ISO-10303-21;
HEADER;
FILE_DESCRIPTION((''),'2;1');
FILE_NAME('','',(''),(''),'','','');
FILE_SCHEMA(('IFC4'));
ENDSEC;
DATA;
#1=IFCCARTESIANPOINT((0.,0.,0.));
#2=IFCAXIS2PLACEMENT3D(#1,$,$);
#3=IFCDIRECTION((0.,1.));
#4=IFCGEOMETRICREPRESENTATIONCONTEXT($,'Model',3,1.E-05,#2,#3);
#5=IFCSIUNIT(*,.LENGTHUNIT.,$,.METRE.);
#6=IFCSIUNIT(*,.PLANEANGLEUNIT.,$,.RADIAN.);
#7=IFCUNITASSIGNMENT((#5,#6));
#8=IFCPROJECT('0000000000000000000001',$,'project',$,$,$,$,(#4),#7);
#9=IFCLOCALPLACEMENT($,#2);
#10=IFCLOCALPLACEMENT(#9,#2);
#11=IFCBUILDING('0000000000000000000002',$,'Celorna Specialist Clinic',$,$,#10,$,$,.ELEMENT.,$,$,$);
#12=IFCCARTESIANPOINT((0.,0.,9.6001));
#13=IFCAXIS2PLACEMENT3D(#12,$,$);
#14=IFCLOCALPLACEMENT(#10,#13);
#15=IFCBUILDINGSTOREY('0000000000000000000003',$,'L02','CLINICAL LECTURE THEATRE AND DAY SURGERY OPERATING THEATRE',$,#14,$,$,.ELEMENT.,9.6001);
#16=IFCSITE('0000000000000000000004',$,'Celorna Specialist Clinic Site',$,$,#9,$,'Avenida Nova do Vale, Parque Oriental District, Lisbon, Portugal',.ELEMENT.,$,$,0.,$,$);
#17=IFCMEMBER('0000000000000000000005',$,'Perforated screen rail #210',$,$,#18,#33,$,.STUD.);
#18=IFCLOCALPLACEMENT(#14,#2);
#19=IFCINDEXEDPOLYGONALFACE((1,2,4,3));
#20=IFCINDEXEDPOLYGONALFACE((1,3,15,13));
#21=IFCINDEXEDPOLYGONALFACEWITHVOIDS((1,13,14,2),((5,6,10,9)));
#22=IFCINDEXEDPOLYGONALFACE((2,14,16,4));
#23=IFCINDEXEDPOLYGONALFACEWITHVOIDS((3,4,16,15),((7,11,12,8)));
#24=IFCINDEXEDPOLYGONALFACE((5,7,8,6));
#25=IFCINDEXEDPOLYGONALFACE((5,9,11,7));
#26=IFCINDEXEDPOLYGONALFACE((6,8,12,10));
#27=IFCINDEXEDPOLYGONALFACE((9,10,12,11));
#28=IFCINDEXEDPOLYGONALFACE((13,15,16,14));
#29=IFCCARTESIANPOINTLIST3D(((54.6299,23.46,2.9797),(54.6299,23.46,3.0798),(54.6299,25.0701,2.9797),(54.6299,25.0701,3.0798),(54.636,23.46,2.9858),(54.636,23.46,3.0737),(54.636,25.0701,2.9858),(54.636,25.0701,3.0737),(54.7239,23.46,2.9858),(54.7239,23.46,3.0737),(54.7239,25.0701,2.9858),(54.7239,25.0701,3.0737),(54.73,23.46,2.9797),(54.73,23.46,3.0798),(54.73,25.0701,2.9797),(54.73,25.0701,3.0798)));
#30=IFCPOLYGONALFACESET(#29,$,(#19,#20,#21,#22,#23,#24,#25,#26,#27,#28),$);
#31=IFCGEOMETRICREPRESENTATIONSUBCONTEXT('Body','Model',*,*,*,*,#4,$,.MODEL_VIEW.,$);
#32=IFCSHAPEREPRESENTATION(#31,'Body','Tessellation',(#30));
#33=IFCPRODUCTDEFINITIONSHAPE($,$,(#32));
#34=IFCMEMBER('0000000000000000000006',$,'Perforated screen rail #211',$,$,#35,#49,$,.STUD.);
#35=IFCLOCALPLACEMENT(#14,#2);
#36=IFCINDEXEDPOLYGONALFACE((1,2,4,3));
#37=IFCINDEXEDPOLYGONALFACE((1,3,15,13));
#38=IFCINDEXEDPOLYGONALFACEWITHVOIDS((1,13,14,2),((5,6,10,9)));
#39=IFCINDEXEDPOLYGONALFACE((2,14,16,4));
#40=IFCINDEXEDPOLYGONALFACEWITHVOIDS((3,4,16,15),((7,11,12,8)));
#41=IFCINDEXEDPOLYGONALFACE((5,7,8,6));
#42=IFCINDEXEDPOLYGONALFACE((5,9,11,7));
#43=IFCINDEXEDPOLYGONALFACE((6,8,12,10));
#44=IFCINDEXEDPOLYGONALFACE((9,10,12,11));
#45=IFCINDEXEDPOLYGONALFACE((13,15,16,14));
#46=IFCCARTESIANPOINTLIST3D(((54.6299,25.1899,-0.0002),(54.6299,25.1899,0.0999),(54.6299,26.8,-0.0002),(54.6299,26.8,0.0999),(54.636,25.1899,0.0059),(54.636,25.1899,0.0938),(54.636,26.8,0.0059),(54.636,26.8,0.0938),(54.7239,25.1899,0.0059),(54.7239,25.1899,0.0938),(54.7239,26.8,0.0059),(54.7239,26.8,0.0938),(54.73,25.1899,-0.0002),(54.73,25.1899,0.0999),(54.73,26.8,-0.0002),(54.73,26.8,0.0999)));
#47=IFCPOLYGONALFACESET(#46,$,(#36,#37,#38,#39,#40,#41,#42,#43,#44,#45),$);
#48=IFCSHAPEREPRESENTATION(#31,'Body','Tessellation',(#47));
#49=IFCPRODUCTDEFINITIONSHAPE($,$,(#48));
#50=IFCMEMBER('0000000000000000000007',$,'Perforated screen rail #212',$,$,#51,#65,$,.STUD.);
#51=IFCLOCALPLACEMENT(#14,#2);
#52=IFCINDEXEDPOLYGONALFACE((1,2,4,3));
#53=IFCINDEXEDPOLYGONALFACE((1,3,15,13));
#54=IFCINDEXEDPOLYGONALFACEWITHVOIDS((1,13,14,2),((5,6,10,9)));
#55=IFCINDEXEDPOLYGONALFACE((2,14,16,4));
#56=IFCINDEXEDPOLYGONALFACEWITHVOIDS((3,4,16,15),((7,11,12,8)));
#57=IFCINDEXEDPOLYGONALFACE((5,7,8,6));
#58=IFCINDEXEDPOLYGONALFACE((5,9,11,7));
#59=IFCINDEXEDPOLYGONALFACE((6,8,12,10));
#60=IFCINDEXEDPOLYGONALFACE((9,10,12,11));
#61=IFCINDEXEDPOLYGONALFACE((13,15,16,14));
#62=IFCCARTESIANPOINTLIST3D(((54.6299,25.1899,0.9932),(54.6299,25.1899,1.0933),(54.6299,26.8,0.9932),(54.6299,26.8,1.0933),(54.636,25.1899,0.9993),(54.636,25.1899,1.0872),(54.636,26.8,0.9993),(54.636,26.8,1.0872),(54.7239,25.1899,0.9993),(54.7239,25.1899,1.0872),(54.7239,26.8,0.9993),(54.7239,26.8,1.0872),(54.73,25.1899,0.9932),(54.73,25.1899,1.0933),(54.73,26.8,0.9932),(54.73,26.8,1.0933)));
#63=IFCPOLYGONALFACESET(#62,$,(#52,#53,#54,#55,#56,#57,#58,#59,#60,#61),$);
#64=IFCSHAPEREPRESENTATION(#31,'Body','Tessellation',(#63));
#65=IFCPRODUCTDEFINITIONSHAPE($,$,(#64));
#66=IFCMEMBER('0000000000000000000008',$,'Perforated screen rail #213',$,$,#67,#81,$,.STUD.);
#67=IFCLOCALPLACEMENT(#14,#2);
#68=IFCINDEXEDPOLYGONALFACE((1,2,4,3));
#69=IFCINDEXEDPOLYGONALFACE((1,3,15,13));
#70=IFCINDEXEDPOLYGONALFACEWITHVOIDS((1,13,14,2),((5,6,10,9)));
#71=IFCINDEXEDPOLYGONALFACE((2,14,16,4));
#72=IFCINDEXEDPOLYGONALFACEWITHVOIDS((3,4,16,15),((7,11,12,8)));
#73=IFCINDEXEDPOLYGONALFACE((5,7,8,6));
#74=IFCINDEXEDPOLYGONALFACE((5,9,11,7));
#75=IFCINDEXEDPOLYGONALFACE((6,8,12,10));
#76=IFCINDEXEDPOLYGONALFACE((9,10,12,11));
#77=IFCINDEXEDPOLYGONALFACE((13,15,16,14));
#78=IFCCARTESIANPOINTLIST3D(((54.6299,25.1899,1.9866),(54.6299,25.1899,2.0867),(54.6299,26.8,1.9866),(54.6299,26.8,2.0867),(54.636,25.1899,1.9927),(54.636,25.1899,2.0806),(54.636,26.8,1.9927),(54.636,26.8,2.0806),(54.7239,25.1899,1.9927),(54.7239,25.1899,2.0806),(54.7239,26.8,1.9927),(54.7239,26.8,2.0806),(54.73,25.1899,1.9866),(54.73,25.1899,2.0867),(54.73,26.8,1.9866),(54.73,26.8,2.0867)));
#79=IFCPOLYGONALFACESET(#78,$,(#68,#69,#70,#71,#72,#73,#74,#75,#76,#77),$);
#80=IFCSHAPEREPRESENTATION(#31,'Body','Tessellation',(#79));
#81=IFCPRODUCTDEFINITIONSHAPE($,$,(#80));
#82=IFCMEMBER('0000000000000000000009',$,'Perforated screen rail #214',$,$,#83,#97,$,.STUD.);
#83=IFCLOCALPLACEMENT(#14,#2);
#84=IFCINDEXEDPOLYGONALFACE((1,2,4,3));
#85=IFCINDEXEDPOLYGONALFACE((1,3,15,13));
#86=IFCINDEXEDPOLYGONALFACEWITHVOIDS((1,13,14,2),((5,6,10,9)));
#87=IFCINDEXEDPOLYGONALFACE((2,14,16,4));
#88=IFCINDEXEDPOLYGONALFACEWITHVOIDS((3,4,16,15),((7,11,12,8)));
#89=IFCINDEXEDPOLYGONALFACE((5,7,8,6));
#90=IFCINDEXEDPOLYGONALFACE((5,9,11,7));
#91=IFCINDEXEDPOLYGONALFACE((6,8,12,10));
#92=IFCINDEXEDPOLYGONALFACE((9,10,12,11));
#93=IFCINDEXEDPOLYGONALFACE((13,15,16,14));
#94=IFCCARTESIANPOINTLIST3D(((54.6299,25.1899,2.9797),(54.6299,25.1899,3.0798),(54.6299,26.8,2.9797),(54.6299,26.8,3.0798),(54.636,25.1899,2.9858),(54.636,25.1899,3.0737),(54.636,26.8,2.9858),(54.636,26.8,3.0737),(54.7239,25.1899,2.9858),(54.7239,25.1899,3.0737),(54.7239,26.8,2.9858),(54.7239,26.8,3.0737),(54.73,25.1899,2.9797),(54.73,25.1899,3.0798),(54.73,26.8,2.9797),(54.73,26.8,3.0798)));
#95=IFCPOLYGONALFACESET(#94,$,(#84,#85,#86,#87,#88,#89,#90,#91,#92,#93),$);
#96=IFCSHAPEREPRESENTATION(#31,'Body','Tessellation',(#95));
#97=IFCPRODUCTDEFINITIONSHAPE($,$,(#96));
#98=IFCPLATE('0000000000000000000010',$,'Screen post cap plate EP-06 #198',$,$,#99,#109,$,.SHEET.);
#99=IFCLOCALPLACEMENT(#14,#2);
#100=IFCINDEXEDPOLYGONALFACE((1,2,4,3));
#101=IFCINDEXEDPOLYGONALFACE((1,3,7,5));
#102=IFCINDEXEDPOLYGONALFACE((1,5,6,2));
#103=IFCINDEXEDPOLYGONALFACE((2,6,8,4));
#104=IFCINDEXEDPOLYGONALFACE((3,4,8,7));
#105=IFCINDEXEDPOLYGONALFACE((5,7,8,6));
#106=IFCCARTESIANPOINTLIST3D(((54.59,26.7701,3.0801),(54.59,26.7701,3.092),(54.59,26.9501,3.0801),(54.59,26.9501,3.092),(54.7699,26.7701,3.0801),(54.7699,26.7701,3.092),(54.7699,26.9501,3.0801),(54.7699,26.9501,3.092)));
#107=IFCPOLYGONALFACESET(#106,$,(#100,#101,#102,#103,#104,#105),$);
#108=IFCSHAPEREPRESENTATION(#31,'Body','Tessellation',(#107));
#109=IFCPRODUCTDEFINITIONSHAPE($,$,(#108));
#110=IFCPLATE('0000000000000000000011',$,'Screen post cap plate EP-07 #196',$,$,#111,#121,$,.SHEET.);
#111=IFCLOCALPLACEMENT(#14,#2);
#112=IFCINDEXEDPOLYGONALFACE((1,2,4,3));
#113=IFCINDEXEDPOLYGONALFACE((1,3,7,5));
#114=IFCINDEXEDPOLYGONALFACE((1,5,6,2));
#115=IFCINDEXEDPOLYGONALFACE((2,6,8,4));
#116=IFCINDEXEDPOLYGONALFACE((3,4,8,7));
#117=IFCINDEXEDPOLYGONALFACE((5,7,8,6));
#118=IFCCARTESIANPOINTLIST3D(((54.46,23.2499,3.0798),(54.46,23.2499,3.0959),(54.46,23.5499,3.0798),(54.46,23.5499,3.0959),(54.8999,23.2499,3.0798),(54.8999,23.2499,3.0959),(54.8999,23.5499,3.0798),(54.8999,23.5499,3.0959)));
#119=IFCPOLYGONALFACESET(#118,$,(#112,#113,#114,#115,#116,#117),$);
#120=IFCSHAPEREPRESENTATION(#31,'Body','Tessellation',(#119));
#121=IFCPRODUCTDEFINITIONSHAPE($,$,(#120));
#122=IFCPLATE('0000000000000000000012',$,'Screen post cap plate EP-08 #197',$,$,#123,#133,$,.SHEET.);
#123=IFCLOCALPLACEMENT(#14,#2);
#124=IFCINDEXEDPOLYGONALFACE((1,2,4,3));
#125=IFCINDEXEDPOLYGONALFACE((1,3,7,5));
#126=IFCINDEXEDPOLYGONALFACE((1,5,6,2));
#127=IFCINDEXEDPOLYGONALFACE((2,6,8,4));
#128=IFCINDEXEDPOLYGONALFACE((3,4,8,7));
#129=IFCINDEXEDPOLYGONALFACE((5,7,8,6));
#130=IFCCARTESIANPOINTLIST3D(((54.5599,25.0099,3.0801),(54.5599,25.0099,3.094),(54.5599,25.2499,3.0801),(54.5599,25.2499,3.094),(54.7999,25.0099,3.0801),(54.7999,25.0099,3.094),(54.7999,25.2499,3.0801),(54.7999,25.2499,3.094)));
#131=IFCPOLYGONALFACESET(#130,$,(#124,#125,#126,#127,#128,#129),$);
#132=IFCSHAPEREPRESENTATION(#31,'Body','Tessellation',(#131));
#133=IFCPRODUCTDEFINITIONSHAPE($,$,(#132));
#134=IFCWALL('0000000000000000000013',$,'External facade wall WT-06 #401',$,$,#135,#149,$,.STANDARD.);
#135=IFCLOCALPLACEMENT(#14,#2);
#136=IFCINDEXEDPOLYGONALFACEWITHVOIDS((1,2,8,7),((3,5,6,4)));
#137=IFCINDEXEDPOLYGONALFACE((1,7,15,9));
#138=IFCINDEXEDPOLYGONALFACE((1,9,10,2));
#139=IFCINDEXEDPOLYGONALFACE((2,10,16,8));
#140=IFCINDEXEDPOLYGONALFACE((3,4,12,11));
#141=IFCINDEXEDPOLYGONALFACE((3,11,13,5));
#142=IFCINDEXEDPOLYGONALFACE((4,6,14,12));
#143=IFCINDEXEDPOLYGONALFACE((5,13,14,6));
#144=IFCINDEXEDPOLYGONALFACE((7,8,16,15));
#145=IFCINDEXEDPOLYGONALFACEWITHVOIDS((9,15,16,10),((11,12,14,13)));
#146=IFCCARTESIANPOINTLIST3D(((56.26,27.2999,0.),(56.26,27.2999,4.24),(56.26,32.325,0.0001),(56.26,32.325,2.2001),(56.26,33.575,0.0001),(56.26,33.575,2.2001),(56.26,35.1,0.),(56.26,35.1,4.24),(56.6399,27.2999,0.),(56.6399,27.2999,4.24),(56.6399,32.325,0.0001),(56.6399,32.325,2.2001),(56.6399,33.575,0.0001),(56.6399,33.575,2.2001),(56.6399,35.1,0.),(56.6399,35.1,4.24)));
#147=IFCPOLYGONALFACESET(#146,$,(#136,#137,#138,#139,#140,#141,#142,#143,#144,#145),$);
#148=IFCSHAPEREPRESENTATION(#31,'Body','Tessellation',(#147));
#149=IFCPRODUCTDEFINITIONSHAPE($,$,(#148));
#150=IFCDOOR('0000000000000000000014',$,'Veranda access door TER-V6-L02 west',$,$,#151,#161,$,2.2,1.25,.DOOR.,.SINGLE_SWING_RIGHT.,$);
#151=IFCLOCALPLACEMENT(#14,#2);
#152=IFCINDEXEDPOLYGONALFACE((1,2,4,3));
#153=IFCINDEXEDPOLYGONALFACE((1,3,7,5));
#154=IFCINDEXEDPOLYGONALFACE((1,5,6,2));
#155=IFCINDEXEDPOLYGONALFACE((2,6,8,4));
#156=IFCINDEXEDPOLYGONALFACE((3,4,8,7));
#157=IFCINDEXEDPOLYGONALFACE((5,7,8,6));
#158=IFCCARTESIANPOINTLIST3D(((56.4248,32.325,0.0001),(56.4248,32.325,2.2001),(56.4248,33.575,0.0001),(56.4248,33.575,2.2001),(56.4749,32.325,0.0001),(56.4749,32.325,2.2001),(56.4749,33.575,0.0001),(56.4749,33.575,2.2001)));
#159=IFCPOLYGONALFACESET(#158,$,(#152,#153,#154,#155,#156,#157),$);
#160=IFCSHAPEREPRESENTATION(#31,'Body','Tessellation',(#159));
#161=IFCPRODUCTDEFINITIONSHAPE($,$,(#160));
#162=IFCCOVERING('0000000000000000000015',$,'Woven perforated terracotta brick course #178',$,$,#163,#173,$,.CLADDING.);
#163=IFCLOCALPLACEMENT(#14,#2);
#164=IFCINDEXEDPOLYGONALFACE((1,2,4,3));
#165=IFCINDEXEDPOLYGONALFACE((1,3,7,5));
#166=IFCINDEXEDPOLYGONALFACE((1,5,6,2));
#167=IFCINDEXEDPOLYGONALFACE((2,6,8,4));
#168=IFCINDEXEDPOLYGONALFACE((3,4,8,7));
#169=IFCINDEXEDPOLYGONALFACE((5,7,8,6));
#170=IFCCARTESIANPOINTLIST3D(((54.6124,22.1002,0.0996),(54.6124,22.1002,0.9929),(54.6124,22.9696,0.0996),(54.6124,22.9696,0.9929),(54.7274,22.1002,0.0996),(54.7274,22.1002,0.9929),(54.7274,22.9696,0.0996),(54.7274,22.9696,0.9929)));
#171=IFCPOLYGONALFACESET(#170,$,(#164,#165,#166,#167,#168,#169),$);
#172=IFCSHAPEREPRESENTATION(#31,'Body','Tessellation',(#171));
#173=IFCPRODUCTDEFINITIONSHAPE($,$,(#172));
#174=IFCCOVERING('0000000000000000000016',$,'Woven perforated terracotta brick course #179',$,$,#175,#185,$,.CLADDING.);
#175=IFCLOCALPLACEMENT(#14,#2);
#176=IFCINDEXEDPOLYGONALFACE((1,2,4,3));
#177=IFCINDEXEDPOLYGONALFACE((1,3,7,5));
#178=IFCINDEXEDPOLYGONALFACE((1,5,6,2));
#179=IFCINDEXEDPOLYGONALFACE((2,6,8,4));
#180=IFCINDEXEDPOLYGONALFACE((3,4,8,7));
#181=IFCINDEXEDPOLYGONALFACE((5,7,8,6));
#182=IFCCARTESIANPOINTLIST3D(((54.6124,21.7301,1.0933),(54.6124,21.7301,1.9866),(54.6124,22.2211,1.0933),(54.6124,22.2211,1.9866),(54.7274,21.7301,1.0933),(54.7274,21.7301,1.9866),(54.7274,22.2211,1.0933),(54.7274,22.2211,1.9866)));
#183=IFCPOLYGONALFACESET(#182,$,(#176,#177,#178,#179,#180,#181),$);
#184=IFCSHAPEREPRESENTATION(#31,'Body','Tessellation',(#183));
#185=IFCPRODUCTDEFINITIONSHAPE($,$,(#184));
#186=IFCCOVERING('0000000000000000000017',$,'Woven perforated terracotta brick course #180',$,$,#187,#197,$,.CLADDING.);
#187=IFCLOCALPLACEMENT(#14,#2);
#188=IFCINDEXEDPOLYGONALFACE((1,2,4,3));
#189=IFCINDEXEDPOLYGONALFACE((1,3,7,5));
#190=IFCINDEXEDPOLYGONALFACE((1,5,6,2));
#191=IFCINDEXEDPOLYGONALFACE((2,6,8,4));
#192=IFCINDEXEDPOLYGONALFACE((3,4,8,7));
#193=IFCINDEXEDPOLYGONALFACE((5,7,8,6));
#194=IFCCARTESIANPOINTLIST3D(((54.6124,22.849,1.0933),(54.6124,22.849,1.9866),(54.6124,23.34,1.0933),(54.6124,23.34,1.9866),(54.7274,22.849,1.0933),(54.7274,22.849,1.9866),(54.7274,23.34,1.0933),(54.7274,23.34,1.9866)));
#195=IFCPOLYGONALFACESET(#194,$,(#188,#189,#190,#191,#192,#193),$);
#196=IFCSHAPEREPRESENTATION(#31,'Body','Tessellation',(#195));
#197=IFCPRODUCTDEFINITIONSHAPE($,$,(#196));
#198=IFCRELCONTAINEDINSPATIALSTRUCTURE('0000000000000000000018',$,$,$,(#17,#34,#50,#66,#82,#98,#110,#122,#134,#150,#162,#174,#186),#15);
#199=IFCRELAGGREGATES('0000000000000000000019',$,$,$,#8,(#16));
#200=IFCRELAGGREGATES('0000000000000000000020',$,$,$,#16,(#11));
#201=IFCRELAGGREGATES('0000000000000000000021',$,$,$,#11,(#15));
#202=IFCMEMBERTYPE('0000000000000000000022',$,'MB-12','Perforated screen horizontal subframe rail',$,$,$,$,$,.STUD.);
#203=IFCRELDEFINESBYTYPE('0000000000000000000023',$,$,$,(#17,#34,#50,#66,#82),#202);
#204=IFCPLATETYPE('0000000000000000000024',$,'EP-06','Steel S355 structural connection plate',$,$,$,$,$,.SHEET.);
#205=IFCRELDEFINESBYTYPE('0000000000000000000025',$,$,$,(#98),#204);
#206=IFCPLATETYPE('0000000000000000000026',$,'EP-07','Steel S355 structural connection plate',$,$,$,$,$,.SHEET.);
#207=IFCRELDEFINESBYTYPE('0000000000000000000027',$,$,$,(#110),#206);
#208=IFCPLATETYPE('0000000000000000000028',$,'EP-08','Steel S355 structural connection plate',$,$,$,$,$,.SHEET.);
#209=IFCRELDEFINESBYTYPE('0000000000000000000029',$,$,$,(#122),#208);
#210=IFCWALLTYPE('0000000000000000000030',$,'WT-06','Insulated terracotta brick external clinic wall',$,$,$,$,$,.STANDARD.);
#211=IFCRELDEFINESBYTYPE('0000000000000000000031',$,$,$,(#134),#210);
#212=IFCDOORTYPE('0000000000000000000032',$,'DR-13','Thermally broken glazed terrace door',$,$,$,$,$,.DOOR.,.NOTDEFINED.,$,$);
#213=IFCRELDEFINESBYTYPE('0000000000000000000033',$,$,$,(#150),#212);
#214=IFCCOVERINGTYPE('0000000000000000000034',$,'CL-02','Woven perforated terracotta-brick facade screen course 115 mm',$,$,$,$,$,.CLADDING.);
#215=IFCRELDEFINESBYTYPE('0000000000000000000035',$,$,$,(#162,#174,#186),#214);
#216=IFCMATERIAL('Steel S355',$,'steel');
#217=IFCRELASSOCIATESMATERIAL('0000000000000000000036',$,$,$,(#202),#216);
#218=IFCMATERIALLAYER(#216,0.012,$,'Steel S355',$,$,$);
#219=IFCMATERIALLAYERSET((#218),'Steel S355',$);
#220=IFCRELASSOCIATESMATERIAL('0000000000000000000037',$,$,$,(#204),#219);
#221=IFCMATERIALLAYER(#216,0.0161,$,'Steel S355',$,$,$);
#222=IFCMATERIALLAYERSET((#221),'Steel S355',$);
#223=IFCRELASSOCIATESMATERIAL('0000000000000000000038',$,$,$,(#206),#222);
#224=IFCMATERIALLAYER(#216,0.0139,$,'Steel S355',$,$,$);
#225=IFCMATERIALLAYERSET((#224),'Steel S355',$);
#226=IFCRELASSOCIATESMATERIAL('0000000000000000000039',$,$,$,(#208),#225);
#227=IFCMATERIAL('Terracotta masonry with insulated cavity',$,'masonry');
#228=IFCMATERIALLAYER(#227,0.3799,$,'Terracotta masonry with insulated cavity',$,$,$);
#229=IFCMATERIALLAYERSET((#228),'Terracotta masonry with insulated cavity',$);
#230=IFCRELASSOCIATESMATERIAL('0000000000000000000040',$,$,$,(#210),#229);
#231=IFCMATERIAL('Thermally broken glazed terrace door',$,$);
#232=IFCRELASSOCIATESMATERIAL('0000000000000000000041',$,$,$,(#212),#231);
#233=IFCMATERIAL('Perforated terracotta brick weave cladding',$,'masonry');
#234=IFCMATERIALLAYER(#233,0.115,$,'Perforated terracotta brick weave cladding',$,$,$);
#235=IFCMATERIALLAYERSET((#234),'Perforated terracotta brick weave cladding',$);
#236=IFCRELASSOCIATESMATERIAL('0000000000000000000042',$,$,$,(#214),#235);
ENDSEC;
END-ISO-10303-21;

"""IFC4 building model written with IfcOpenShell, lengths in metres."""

from ifc_helpers import new_model, si_unit, direction, frame, frame_2d, origin, origin_2d, place, context, subcontext, project, spatial, rectangle, hollow_rectangle, extrude, material, layer, layer_set, material_profile, profile_set, type_object, element, fill, save


model = new_model("IFC4")

# Units and contexts
model_context = context("Model", 3, precision=1e-05, world=origin(), true_north=direction((0.0, 1.0)))
body_context = subcontext(model_context, "Body", "Model", "MODEL_VIEW")
ifc_project = project(units=[si_unit("LENGTHUNIT", "METRE"), si_unit("PLANEANGLEUNIT", "RADIAN")], contexts=[model_context])

# Site, building, storey
site_placement = place(None, origin())
site = spatial("IfcSite", under=ifc_project, at=site_placement, Name="Celorna Specialist Clinic Site", LongName="Avenida Nova do Vale, Parque Oriental District, Lisbon, Portugal", CompositionType="ELEMENT", RefElevation=0.0)
building_placement = place(site_placement, origin())
building = spatial("IfcBuilding", under=site, at=building_placement, Name="Celorna Specialist Clinic", CompositionType="ELEMENT")
storey_placement = place(building_placement, frame((0.0, 0.0, 9.6001)))
storey = spatial("IfcBuildingStorey", under=building, at=storey_placement, Name="L02", Description="CLINICAL LECTURE THEATRE AND DAY SURGERY OPERATING THEATRE", CompositionType="ELEMENT", Elevation=9.6001)

# Shared definitions
ifc_material_1 = material(Name="Steel S355", Category="steel")

# Members
ifc_material_profile_1 = material_profile(ifc_material_1, hollow_rectangle(XDim=0.1001, YDim=0.1001, WallThickness=0.0061, at=origin_2d()), Name="SHS 100x100x6")
ifc_profile_set_1 = profile_set([ifc_material_profile_1], Name="Steel S355")
member_type_1 = type_object("IfcMemberType", Name="MB-12", Description="Perforated screen horizontal subframe rail", PredefinedType="STUD", material=ifc_profile_set_1)
for number, where, z_axis, x_axis, name in (
    (1, (54.6799, 23.46, 3.0298), (0.0, 1.0, 0.0), (-1.0, 0.0, 0.0), "Perforated screen rail #210"),
    (2, (54.6799, 25.1899, 0.0498), (0.0, 1.0, 0.0), (-1.0, 0.0, 0.0), "Perforated screen rail #211"),
    (3, (54.6799, 25.1899, 1.0432), (0.0, 1.0, 0.0), (-1.0, 0.0, 0.0), "Perforated screen rail #212"),
    (4, (54.6799, 25.1899, 2.0366), (0.0, 1.0, 0.0), (-1.0, 0.0, 0.0), "Perforated screen rail #213"),
    (5, (54.6799, 25.1899, 3.0298), (0.0, 1.0, 0.0), (-1.0, 0.0, 0.0), "Perforated screen rail #214"),
):
    element("IfcMember", number, at=place(storey_placement, frame(where, z_axis=z_axis, x_axis=x_axis)), inside=storey, type_object=member_type_1, Name=name, PredefinedType="STUD", context=body_context, shape_type="SweptSolid", body=[
        extrude(hollow_rectangle(XDim=0.1001, YDim=0.1001, WallThickness=0.0061, at=origin_2d()), origin(), (0.0, 0.0, 1.0), 1.6101),
    ])

# Plates
ifc_layer_1 = layer(ifc_material_1, 0.012, Name="Steel S355")
ifc_layer_set_1 = layer_set([ifc_layer_1], Name="Steel S355")
plate_type_1 = type_object("IfcPlateType", Name="EP-06", Description="Steel S355 structural connection plate", PredefinedType="SHEET", material=ifc_layer_set_1)
plate_1_placement = place(storey_placement, frame((54.6799, 26.8601, 3.0801), z_axis=(0.0, 0.0, 1.0), x_axis=(0.0, 1.0, 0.0)))
element("IfcPlate", 6, at=plate_1_placement, inside=storey, type_object=plate_type_1, Name="Screen post cap plate EP-06 #198", PredefinedType="SHEET", context=body_context, shape_type="SweptSolid", body=[
    extrude(rectangle(XDim=0.1799, YDim=0.1799, at=origin_2d()), origin(), (0.0, 0.0, 1.0), 0.012),
])
ifc_layer_2 = layer(ifc_material_1, 0.0161, Name="Steel S355")
ifc_layer_set_2 = layer_set([ifc_layer_2], Name="Steel S355")
plate_type_2 = type_object("IfcPlateType", Name="EP-07", Description="Steel S355 structural connection plate", PredefinedType="SHEET", material=ifc_layer_set_2)
plate_2_placement = place(storey_placement, frame((54.6799, 23.3999, 3.0798), z_axis=(0.0, 0.0, 1.0), x_axis=(0.0, 1.0, 0.0)))
element("IfcPlate", 7, at=plate_2_placement, inside=storey, type_object=plate_type_2, Name="Screen post cap plate EP-07 #196", PredefinedType="SHEET", context=body_context, shape_type="SweptSolid", body=[
    extrude(rectangle(XDim=0.3, YDim=0.4399, at=origin_2d()), origin(), (0.0, 0.0, 1.0), 0.0161),
])
ifc_layer_3 = layer(ifc_material_1, 0.0139, Name="Steel S355")
ifc_layer_set_3 = layer_set([ifc_layer_3], Name="Steel S355")
plate_type_3 = type_object("IfcPlateType", Name="EP-08", Description="Steel S355 structural connection plate", PredefinedType="SHEET", material=ifc_layer_set_3)
plate_3_placement = place(storey_placement, frame((54.6799, 25.1299, 3.0801), z_axis=(0.0, 0.0, 1.0), x_axis=(0.0, 1.0, 0.0)))
element("IfcPlate", 8, at=plate_3_placement, inside=storey, type_object=plate_type_3, Name="Screen post cap plate EP-08 #197", PredefinedType="SHEET", context=body_context, shape_type="SweptSolid", body=[
    extrude(rectangle(XDim=0.24, YDim=0.24, at=origin_2d()), origin(), (0.0, 0.0, 1.0), 0.0139),
])

# Wall, opening, door
ifc_material_2 = material(Name="Terracotta masonry with insulated cavity", Category="masonry")
ifc_layer_4 = layer(ifc_material_2, 0.3799, Name="Terracotta masonry with insulated cavity")
ifc_layer_set_4 = layer_set([ifc_layer_4], Name="Terracotta masonry with insulated cavity")
wall_type = type_object("IfcWallType", Name="WT-06", Description="Insulated terracotta brick external clinic wall", PredefinedType="STANDARD", material=ifc_layer_set_4)
wall_placement = place(storey_placement, frame((56.45, 27.3, 0.0), z_axis=(0.0, 0.0, 1.0), x_axis=(0.0, 1.0, 0.0)))
wall = element("IfcWall", 9, at=wall_placement, inside=storey, type_object=wall_type, Name="External facade wall WT-06 #401", PredefinedType="STANDARD", context=body_context, shape_type="SweptSolid", body=[
    extrude(rectangle(XDim=7.8, YDim=0.3799, at=frame_2d((3.8999, 0.0))), origin(), (0.0, 0.0, 1.0), 4.24),
])
opening_placement = place(wall_placement, frame((5.0249, 0.0, 0.0)))
opening = element("IfcOpeningElement", 10, at=opening_placement, cuts=wall, PredefinedType="OPENING", context=body_context, shape_type="SweptSolid", body=[
    extrude(rectangle(XDim=1.25, YDim=2.2, at=frame_2d((0.625, 1.1001))), frame((0.0, 0.2, 0.0), z_axis=(0.0, -1.0, 0.0), x_axis=(1.0, 0.0, 0.0)), (0.0, 0.0, 1.0), 0.3999),
])
ifc_material_3 = material(Name="Thermally broken glazed terrace door")
door_type = type_object("IfcDoorType", Name="DR-13", Description="Thermally broken glazed terrace door", OperationType="NOTDEFINED", PredefinedType="DOOR", material=ifc_material_3)
door_placement = place(opening_placement, frame((1.25, 0.0, 0.0), z_axis=(0.0, 0.0, 1.0), x_axis=(-1.0, 0.0, 0.0)))
door = element("IfcDoor", 11, at=door_placement, inside=storey, type_object=door_type, Name="Veranda access door TER-V6-L02 west", OperationType="SINGLE_SWING_RIGHT", OverallHeight=2.2, OverallWidth=1.25, PredefinedType="DOOR", context=body_context, shape_type="SweptSolid", body=[
    extrude(rectangle(XDim=1.25, YDim=2.2, at=frame_2d((0.625, 1.1001))), frame((0.0, 0.0249, 0.0), z_axis=(0.0, -1.0, 0.0), x_axis=(1.0, 0.0, 0.0)), (0.0, 0.0, 1.0), 0.05),
])
fill(opening, door)

# Coverings
ifc_material_4 = material(Name="Perforated terracotta brick weave cladding", Category="masonry")
ifc_layer_5 = layer(ifc_material_4, 0.115, Name="Perforated terracotta brick weave cladding")
ifc_layer_set_5 = layer_set([ifc_layer_5], Name="Perforated terracotta brick weave cladding")
covering_type = type_object("IfcCoveringType", Name="CL-02", Description="Woven perforated terracotta-brick facade screen course 115 mm", PredefinedType="CLADDING", material=ifc_layer_set_5)
covering_1_placement = place(storey_placement, frame((54.6699, 22.5349, 0.0996), z_axis=(0.0, 0.0, 1.0), x_axis=(0.0, 1.0, 0.0)))
element("IfcCovering", 12, at=covering_1_placement, inside=storey, type_object=covering_type, Name="Woven perforated terracotta brick course #178", PredefinedType="CLADDING", context=body_context, shape_type="SweptSolid", body=[
    extrude(rectangle(XDim=0.8694, YDim=0.115, at=origin_2d()), origin(), (0.0, 0.0, 1.0), 0.8933),
])
for number, where, z_axis, x_axis, name in (
    (13, (54.6699, 21.9756, 1.0933), (0.0, 0.0, 1.0), (0.0, 1.0, 0.0), "Woven perforated terracotta brick course #179"),
    (14, (54.6699, 23.0945, 1.0933), (0.0, 0.0, 1.0), (0.0, 1.0, 0.0), "Woven perforated terracotta brick course #180"),
):
    element("IfcCovering", number, at=place(storey_placement, frame(where, z_axis=z_axis, x_axis=x_axis)), inside=storey, type_object=covering_type, Name=name, PredefinedType="CLADDING", context=body_context, shape_type="SweptSolid", body=[
        extrude(rectangle(XDim=0.491, YDim=0.115, at=origin_2d()), origin(), (0.0, 0.0, 1.0), 0.8933),
    ])

save(model, "model.ifc")
